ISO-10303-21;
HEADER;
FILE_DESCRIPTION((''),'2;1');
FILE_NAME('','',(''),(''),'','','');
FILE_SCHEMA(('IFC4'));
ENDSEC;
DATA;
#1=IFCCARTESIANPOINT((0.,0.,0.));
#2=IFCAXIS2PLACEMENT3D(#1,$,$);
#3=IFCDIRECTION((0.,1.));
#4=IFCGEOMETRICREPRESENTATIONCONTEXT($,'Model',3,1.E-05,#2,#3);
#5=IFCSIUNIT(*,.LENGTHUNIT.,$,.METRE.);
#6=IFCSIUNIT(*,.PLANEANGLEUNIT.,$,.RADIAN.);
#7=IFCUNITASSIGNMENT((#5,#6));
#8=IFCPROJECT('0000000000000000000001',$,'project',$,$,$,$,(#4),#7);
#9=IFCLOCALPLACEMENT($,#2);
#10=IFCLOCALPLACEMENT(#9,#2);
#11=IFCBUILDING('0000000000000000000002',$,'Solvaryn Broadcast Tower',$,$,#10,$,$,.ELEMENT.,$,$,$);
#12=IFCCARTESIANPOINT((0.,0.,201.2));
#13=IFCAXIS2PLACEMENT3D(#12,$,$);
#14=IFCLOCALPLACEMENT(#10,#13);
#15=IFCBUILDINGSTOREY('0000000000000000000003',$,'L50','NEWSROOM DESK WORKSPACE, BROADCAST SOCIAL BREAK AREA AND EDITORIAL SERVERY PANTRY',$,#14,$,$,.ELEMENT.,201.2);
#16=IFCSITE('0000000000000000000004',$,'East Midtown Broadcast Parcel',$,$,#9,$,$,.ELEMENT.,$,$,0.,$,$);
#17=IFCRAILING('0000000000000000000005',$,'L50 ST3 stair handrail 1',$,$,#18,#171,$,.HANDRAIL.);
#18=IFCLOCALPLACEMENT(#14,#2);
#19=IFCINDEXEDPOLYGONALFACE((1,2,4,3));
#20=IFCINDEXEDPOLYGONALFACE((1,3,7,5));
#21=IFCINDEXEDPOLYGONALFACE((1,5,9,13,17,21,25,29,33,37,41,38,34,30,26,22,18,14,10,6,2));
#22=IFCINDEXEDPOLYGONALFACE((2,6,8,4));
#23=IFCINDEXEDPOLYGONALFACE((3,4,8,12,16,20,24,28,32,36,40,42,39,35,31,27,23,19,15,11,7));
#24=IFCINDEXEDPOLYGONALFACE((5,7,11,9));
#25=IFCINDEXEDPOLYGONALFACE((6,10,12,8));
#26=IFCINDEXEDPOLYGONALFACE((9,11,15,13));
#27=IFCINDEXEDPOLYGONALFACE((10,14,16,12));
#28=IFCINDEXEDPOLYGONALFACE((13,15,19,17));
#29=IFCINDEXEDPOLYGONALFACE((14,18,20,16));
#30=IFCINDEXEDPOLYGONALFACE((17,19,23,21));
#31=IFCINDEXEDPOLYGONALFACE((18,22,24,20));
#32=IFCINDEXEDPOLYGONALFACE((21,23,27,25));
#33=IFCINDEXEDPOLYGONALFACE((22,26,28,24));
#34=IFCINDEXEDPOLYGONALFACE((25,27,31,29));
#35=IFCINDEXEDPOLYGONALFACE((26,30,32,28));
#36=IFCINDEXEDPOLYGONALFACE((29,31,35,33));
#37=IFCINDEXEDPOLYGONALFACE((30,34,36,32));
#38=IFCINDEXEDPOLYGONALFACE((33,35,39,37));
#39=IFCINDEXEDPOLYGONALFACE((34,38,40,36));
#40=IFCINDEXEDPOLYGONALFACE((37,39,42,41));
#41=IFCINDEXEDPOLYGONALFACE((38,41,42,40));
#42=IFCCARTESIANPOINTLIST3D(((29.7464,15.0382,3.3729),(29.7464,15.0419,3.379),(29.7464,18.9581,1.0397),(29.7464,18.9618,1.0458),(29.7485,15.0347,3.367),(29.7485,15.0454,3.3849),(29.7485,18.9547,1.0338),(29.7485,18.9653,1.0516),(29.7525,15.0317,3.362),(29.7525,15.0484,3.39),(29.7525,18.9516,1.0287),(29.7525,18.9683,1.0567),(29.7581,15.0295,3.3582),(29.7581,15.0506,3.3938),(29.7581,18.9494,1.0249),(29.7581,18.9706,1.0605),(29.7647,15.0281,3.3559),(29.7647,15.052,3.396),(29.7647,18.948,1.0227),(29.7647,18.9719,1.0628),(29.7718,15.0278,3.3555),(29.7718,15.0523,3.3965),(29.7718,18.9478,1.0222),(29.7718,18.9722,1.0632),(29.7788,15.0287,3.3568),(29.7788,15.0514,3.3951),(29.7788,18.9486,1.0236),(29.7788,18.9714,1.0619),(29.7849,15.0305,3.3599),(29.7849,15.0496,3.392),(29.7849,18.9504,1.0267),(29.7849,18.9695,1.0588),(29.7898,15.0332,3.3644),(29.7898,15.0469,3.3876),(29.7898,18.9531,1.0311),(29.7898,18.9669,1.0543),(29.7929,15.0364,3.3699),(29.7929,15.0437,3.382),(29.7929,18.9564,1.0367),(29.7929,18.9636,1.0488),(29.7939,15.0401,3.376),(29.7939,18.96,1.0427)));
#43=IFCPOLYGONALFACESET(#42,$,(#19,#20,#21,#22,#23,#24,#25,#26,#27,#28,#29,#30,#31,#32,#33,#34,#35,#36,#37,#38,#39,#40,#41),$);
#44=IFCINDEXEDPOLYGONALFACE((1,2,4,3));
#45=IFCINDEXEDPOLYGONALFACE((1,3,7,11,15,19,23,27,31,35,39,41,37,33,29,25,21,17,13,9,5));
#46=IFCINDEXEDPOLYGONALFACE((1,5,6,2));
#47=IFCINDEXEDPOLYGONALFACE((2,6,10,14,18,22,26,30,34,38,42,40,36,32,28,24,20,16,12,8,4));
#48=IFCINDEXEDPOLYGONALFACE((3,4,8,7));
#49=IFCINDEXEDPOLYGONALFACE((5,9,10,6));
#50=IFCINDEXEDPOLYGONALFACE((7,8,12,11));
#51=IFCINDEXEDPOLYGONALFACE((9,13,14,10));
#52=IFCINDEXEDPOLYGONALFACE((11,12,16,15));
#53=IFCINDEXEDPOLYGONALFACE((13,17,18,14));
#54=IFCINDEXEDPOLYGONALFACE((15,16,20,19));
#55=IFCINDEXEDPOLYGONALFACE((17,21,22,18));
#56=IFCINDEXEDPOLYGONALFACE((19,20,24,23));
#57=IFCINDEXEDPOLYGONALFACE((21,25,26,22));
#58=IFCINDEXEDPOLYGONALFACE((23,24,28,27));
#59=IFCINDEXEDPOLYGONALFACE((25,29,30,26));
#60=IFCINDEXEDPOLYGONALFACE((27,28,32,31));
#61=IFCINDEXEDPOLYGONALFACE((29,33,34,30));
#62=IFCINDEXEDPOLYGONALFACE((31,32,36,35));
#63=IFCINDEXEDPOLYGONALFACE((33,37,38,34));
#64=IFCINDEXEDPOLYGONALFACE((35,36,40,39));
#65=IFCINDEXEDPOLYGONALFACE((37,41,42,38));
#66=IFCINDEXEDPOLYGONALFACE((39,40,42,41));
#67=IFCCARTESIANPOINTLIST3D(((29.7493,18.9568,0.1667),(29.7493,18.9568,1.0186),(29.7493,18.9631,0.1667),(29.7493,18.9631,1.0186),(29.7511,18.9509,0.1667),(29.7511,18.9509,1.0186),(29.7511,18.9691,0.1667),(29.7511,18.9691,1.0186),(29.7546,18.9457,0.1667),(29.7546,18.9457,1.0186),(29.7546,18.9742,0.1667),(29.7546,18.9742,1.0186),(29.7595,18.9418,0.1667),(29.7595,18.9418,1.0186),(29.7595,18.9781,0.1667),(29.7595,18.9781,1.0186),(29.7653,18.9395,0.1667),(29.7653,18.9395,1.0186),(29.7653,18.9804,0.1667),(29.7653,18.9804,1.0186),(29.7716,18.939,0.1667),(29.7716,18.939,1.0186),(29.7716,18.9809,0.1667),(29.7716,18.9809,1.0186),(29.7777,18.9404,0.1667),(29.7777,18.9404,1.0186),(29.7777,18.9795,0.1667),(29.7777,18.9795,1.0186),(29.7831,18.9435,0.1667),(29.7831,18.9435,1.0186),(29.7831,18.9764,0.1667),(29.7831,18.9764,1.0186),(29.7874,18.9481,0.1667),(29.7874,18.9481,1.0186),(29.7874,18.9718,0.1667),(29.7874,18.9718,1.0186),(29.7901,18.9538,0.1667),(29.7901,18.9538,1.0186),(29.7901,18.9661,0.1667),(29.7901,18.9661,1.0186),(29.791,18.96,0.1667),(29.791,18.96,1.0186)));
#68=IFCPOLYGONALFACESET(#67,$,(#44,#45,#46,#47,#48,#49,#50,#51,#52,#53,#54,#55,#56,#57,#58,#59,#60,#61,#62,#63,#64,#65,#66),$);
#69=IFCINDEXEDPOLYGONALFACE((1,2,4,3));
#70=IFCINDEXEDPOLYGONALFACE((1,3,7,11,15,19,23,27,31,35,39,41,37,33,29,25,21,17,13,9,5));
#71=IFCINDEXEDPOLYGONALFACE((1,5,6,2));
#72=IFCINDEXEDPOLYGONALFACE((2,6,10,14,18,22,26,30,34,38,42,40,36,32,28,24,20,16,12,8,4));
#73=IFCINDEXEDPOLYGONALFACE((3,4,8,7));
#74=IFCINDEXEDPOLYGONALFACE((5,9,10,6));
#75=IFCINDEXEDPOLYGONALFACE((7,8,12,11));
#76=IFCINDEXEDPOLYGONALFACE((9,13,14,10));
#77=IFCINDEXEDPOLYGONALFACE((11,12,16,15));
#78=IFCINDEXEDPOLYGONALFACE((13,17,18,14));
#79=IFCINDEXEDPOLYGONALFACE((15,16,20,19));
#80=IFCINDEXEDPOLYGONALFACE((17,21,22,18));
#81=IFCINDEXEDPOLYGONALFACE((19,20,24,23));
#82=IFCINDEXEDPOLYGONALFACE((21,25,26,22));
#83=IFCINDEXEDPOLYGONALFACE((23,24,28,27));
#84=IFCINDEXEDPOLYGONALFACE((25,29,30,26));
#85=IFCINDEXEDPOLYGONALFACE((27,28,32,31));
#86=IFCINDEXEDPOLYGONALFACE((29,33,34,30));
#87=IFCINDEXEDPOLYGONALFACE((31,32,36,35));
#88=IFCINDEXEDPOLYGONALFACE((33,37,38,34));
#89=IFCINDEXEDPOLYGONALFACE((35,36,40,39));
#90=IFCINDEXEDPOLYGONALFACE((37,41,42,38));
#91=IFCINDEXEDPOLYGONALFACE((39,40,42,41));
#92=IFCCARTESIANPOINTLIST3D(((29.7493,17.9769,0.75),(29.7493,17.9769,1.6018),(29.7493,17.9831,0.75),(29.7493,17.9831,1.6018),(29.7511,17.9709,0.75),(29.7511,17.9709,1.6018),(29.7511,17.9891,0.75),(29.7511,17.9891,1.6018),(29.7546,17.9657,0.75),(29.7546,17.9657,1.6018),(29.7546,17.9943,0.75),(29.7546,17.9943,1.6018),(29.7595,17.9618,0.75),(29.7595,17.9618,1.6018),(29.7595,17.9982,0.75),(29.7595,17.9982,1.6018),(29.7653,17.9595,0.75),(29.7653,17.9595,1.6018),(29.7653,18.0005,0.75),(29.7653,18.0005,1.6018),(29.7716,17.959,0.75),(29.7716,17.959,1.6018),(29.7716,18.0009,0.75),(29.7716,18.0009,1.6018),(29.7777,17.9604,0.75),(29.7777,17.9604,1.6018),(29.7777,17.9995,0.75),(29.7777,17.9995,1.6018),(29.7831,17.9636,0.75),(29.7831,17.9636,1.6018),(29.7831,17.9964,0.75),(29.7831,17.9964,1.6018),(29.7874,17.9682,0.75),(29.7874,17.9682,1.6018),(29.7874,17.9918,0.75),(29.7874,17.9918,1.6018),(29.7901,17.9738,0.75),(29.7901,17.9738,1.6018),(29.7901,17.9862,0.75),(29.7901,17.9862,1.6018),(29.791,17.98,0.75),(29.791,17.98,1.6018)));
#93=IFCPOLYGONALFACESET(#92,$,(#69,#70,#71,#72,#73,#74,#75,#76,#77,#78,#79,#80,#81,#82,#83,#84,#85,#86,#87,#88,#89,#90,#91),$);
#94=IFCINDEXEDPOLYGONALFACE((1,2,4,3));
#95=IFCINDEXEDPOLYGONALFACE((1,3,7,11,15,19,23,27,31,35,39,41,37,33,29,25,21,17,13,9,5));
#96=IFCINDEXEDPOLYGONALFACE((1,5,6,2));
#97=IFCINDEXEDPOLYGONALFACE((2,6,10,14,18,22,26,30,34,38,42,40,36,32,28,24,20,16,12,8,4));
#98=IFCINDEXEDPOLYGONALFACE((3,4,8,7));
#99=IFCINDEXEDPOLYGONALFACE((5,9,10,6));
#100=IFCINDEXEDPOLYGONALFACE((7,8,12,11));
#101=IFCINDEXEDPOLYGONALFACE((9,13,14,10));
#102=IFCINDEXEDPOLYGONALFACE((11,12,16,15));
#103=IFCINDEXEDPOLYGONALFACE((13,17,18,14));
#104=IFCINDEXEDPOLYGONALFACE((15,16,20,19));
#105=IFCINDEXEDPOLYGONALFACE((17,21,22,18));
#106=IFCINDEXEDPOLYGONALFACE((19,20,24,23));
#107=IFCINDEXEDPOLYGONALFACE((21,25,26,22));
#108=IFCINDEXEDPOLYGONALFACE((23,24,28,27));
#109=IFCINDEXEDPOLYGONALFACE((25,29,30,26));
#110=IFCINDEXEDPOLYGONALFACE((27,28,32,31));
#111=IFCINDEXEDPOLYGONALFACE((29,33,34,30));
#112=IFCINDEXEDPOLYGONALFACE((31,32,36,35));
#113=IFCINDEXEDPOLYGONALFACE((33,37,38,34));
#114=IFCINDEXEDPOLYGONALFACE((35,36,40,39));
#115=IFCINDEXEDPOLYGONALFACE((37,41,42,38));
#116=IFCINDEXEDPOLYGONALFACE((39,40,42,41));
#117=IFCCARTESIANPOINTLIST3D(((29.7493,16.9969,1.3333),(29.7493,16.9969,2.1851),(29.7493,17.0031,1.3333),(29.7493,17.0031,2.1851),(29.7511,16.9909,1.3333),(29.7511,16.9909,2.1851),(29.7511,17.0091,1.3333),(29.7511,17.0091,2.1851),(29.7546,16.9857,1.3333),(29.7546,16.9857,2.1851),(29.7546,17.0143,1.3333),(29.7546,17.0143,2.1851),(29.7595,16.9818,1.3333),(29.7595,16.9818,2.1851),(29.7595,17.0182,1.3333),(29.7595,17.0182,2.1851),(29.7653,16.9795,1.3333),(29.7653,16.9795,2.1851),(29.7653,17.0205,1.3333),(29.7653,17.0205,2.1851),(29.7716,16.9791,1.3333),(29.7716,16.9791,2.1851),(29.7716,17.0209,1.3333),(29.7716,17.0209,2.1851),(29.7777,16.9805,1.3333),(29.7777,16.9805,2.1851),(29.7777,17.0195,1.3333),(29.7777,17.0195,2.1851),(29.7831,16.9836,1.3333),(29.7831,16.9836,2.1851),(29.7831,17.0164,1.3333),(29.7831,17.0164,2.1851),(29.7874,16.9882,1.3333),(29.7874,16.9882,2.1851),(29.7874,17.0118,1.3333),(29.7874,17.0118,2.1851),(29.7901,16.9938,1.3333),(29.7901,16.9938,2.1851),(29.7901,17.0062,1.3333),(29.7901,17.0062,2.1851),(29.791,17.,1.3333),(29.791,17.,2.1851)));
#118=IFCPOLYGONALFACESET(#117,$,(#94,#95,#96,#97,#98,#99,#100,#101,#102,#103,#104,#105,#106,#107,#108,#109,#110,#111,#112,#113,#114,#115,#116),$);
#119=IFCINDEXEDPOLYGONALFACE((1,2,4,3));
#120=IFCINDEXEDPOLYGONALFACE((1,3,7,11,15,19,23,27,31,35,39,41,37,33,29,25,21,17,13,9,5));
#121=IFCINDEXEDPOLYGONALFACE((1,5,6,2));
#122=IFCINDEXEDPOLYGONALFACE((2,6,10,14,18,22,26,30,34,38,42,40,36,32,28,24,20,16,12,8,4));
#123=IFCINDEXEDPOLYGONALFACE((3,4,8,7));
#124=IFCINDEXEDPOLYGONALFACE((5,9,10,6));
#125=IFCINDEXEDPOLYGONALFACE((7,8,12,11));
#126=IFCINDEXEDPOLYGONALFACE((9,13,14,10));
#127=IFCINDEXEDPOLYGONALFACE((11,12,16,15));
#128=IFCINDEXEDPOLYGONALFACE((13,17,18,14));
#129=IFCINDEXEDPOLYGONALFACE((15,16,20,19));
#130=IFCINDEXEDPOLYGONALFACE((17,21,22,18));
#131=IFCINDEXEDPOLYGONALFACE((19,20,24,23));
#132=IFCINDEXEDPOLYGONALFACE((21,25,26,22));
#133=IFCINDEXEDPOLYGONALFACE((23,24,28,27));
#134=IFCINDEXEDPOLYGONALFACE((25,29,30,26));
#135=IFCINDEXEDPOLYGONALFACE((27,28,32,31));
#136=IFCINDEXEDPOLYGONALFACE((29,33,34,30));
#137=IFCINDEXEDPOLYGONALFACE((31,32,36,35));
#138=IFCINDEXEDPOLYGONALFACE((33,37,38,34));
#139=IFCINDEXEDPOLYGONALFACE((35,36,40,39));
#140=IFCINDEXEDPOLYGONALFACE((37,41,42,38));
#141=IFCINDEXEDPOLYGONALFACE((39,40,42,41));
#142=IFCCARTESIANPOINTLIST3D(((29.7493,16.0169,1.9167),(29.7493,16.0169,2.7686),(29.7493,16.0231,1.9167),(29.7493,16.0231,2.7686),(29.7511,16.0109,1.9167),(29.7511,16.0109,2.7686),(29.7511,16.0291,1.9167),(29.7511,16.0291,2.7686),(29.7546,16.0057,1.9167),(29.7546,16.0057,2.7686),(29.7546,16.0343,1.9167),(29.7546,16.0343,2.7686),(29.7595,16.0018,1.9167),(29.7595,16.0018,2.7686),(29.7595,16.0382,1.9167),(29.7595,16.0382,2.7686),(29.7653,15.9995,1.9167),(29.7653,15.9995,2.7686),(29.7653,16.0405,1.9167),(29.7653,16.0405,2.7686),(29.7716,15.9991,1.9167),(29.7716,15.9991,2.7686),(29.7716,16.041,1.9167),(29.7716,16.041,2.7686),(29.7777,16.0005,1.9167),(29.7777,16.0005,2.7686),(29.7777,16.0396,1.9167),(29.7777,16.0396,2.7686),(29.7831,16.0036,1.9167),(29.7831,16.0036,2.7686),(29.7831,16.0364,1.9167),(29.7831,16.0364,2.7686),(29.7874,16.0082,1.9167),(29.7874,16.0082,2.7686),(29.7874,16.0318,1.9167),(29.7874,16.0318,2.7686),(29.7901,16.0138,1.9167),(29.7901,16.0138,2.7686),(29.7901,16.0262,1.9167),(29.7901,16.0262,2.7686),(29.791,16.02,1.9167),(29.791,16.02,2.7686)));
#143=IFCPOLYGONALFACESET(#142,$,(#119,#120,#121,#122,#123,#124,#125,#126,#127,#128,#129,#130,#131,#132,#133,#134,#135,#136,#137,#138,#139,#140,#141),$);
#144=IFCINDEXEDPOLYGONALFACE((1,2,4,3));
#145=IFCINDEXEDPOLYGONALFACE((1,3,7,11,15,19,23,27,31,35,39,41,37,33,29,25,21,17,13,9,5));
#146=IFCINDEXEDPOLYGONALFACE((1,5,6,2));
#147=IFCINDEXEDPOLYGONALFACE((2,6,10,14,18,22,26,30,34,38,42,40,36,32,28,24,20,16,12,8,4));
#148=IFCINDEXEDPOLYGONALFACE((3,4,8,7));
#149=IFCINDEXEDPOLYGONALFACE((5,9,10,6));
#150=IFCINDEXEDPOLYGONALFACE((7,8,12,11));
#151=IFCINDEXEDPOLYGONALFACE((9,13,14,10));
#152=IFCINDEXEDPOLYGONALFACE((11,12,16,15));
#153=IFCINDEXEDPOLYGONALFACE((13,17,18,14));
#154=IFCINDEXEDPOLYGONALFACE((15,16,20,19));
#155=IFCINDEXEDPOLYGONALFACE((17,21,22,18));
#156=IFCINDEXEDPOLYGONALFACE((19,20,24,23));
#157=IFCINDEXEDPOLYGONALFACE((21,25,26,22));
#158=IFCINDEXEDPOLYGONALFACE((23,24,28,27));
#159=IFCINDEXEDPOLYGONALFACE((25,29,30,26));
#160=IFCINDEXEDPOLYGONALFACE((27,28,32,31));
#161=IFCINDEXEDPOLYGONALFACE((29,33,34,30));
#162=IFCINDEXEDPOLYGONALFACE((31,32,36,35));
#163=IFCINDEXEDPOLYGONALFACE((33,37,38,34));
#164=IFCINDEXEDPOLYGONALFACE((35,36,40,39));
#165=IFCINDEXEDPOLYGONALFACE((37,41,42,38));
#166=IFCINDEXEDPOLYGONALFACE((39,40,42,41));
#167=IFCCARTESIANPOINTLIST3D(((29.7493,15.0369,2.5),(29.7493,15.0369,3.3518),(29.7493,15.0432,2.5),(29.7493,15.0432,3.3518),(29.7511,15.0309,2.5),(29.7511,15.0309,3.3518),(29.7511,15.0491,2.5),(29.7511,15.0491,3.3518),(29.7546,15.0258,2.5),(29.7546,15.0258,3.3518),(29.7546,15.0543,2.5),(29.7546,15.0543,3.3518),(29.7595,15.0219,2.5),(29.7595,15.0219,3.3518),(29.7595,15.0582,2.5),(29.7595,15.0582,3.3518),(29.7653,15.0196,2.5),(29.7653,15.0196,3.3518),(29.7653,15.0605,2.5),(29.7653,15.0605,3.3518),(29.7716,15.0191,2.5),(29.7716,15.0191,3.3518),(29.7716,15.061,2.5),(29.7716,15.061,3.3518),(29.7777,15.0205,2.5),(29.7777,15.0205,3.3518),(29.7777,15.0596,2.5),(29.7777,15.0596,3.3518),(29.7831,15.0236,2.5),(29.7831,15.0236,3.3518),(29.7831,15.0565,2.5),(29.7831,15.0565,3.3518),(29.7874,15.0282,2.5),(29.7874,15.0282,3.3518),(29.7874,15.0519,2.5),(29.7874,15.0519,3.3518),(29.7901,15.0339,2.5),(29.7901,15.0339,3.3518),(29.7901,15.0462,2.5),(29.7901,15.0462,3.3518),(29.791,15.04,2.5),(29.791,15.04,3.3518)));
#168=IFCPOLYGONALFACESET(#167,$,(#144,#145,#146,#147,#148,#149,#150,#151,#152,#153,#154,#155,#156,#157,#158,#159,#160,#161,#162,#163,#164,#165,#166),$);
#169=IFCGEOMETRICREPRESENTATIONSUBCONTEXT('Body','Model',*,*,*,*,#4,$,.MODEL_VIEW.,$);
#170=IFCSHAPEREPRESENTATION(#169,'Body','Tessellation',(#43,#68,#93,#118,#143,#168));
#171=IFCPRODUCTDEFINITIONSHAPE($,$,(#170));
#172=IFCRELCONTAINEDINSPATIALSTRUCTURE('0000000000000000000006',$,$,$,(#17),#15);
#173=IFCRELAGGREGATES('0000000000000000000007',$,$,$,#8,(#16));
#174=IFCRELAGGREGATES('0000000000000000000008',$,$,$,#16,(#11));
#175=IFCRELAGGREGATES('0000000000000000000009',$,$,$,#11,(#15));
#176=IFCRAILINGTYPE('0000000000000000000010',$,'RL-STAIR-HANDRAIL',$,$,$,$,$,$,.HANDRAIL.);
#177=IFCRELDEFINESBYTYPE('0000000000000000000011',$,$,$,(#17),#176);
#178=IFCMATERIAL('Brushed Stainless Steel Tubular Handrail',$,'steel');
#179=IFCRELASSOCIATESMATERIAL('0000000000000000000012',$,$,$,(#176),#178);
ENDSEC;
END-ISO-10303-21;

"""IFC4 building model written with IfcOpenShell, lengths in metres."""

from ifc_helpers import new_model, si_unit, direction, frame, origin, origin_2d, place, context, subcontext, project, spatial, circle, extrude, material, type_object, element, save


model = new_model("IFC4")

# Units and contexts
model_context = context("Model", 3, precision=1e-05, world=origin(), true_north=direction((0.0, 1.0)))
body_context = subcontext(model_context, "Body", "Model", "MODEL_VIEW")
ifc_project = project(units=[si_unit("LENGTHUNIT", "METRE"), si_unit("PLANEANGLEUNIT", "RADIAN")], contexts=[model_context])

# Site, building, storey
site_placement = place(None, origin())
site = spatial("IfcSite", under=ifc_project, at=site_placement, Name="East Midtown Broadcast Parcel", CompositionType="ELEMENT", RefElevation=0.0)
building_placement = place(site_placement, origin())
building = spatial("IfcBuilding", under=site, at=building_placement, Name="Solvaryn Broadcast Tower", CompositionType="ELEMENT")
storey_placement = place(building_placement, frame((0.0, 0.0, 201.2)))
storey = spatial("IfcBuildingStorey", under=building, at=storey_placement, Name="L50", Description="NEWSROOM DESK WORKSPACE, BROADCAST SOCIAL BREAK AREA AND EDITORIAL SERVERY PANTRY", CompositionType="ELEMENT", Elevation=201.2)

# Railing
ifc_material_1 = material(Name="Brushed Stainless Steel Tubular Handrail", Category="steel")
railing_type_1 = type_object("IfcRailingType", Name="RL-STAIR-HANDRAIL", PredefinedType="HANDRAIL", material=ifc_material_1)
railing_1_placement = place(storey_placement, frame((29.77, 18.96, 0.1667)))
element("IfcRailing", 1, at=railing_1_placement, inside=storey, type_object=railing_type_1, Name="L50 ST3 stair handrail 1", PredefinedType="HANDRAIL", context=body_context, shape_type="SweptSolid", body=[
    extrude(circle(Radius=0.0239, at=origin_2d()), frame((0.0, 0.0, 0.876), z_axis=(0.0, -0.859296, 0.511478), x_axis=(1.0, 0.0, 0.0)), (0.0, 0.0, 1.0), 4.5618),
    extrude(circle(Radius=0.021, at=origin_2d()), origin(), (0.0, 0.0, 1.0), 0.8518),
    extrude(circle(Radius=0.021, at=origin_2d()), frame((0.0, -0.98, 0.5833)), (0.0, 0.0, 1.0), 0.8518),
    extrude(circle(Radius=0.021, at=origin_2d()), frame((0.0, -1.96, 1.1665)), (0.0, 0.0, 1.0), 0.8518),
    extrude(circle(Radius=0.021, at=origin_2d()), frame((0.0, -2.9399, 1.75)), (0.0, 0.0, 1.0), 0.8518),
    extrude(circle(Radius=0.021, at=origin_2d()), frame((0.0, -3.9199, 2.3333)), (0.0, 0.0, 1.0), 0.8518),
])

save(model, "model.ifc")
